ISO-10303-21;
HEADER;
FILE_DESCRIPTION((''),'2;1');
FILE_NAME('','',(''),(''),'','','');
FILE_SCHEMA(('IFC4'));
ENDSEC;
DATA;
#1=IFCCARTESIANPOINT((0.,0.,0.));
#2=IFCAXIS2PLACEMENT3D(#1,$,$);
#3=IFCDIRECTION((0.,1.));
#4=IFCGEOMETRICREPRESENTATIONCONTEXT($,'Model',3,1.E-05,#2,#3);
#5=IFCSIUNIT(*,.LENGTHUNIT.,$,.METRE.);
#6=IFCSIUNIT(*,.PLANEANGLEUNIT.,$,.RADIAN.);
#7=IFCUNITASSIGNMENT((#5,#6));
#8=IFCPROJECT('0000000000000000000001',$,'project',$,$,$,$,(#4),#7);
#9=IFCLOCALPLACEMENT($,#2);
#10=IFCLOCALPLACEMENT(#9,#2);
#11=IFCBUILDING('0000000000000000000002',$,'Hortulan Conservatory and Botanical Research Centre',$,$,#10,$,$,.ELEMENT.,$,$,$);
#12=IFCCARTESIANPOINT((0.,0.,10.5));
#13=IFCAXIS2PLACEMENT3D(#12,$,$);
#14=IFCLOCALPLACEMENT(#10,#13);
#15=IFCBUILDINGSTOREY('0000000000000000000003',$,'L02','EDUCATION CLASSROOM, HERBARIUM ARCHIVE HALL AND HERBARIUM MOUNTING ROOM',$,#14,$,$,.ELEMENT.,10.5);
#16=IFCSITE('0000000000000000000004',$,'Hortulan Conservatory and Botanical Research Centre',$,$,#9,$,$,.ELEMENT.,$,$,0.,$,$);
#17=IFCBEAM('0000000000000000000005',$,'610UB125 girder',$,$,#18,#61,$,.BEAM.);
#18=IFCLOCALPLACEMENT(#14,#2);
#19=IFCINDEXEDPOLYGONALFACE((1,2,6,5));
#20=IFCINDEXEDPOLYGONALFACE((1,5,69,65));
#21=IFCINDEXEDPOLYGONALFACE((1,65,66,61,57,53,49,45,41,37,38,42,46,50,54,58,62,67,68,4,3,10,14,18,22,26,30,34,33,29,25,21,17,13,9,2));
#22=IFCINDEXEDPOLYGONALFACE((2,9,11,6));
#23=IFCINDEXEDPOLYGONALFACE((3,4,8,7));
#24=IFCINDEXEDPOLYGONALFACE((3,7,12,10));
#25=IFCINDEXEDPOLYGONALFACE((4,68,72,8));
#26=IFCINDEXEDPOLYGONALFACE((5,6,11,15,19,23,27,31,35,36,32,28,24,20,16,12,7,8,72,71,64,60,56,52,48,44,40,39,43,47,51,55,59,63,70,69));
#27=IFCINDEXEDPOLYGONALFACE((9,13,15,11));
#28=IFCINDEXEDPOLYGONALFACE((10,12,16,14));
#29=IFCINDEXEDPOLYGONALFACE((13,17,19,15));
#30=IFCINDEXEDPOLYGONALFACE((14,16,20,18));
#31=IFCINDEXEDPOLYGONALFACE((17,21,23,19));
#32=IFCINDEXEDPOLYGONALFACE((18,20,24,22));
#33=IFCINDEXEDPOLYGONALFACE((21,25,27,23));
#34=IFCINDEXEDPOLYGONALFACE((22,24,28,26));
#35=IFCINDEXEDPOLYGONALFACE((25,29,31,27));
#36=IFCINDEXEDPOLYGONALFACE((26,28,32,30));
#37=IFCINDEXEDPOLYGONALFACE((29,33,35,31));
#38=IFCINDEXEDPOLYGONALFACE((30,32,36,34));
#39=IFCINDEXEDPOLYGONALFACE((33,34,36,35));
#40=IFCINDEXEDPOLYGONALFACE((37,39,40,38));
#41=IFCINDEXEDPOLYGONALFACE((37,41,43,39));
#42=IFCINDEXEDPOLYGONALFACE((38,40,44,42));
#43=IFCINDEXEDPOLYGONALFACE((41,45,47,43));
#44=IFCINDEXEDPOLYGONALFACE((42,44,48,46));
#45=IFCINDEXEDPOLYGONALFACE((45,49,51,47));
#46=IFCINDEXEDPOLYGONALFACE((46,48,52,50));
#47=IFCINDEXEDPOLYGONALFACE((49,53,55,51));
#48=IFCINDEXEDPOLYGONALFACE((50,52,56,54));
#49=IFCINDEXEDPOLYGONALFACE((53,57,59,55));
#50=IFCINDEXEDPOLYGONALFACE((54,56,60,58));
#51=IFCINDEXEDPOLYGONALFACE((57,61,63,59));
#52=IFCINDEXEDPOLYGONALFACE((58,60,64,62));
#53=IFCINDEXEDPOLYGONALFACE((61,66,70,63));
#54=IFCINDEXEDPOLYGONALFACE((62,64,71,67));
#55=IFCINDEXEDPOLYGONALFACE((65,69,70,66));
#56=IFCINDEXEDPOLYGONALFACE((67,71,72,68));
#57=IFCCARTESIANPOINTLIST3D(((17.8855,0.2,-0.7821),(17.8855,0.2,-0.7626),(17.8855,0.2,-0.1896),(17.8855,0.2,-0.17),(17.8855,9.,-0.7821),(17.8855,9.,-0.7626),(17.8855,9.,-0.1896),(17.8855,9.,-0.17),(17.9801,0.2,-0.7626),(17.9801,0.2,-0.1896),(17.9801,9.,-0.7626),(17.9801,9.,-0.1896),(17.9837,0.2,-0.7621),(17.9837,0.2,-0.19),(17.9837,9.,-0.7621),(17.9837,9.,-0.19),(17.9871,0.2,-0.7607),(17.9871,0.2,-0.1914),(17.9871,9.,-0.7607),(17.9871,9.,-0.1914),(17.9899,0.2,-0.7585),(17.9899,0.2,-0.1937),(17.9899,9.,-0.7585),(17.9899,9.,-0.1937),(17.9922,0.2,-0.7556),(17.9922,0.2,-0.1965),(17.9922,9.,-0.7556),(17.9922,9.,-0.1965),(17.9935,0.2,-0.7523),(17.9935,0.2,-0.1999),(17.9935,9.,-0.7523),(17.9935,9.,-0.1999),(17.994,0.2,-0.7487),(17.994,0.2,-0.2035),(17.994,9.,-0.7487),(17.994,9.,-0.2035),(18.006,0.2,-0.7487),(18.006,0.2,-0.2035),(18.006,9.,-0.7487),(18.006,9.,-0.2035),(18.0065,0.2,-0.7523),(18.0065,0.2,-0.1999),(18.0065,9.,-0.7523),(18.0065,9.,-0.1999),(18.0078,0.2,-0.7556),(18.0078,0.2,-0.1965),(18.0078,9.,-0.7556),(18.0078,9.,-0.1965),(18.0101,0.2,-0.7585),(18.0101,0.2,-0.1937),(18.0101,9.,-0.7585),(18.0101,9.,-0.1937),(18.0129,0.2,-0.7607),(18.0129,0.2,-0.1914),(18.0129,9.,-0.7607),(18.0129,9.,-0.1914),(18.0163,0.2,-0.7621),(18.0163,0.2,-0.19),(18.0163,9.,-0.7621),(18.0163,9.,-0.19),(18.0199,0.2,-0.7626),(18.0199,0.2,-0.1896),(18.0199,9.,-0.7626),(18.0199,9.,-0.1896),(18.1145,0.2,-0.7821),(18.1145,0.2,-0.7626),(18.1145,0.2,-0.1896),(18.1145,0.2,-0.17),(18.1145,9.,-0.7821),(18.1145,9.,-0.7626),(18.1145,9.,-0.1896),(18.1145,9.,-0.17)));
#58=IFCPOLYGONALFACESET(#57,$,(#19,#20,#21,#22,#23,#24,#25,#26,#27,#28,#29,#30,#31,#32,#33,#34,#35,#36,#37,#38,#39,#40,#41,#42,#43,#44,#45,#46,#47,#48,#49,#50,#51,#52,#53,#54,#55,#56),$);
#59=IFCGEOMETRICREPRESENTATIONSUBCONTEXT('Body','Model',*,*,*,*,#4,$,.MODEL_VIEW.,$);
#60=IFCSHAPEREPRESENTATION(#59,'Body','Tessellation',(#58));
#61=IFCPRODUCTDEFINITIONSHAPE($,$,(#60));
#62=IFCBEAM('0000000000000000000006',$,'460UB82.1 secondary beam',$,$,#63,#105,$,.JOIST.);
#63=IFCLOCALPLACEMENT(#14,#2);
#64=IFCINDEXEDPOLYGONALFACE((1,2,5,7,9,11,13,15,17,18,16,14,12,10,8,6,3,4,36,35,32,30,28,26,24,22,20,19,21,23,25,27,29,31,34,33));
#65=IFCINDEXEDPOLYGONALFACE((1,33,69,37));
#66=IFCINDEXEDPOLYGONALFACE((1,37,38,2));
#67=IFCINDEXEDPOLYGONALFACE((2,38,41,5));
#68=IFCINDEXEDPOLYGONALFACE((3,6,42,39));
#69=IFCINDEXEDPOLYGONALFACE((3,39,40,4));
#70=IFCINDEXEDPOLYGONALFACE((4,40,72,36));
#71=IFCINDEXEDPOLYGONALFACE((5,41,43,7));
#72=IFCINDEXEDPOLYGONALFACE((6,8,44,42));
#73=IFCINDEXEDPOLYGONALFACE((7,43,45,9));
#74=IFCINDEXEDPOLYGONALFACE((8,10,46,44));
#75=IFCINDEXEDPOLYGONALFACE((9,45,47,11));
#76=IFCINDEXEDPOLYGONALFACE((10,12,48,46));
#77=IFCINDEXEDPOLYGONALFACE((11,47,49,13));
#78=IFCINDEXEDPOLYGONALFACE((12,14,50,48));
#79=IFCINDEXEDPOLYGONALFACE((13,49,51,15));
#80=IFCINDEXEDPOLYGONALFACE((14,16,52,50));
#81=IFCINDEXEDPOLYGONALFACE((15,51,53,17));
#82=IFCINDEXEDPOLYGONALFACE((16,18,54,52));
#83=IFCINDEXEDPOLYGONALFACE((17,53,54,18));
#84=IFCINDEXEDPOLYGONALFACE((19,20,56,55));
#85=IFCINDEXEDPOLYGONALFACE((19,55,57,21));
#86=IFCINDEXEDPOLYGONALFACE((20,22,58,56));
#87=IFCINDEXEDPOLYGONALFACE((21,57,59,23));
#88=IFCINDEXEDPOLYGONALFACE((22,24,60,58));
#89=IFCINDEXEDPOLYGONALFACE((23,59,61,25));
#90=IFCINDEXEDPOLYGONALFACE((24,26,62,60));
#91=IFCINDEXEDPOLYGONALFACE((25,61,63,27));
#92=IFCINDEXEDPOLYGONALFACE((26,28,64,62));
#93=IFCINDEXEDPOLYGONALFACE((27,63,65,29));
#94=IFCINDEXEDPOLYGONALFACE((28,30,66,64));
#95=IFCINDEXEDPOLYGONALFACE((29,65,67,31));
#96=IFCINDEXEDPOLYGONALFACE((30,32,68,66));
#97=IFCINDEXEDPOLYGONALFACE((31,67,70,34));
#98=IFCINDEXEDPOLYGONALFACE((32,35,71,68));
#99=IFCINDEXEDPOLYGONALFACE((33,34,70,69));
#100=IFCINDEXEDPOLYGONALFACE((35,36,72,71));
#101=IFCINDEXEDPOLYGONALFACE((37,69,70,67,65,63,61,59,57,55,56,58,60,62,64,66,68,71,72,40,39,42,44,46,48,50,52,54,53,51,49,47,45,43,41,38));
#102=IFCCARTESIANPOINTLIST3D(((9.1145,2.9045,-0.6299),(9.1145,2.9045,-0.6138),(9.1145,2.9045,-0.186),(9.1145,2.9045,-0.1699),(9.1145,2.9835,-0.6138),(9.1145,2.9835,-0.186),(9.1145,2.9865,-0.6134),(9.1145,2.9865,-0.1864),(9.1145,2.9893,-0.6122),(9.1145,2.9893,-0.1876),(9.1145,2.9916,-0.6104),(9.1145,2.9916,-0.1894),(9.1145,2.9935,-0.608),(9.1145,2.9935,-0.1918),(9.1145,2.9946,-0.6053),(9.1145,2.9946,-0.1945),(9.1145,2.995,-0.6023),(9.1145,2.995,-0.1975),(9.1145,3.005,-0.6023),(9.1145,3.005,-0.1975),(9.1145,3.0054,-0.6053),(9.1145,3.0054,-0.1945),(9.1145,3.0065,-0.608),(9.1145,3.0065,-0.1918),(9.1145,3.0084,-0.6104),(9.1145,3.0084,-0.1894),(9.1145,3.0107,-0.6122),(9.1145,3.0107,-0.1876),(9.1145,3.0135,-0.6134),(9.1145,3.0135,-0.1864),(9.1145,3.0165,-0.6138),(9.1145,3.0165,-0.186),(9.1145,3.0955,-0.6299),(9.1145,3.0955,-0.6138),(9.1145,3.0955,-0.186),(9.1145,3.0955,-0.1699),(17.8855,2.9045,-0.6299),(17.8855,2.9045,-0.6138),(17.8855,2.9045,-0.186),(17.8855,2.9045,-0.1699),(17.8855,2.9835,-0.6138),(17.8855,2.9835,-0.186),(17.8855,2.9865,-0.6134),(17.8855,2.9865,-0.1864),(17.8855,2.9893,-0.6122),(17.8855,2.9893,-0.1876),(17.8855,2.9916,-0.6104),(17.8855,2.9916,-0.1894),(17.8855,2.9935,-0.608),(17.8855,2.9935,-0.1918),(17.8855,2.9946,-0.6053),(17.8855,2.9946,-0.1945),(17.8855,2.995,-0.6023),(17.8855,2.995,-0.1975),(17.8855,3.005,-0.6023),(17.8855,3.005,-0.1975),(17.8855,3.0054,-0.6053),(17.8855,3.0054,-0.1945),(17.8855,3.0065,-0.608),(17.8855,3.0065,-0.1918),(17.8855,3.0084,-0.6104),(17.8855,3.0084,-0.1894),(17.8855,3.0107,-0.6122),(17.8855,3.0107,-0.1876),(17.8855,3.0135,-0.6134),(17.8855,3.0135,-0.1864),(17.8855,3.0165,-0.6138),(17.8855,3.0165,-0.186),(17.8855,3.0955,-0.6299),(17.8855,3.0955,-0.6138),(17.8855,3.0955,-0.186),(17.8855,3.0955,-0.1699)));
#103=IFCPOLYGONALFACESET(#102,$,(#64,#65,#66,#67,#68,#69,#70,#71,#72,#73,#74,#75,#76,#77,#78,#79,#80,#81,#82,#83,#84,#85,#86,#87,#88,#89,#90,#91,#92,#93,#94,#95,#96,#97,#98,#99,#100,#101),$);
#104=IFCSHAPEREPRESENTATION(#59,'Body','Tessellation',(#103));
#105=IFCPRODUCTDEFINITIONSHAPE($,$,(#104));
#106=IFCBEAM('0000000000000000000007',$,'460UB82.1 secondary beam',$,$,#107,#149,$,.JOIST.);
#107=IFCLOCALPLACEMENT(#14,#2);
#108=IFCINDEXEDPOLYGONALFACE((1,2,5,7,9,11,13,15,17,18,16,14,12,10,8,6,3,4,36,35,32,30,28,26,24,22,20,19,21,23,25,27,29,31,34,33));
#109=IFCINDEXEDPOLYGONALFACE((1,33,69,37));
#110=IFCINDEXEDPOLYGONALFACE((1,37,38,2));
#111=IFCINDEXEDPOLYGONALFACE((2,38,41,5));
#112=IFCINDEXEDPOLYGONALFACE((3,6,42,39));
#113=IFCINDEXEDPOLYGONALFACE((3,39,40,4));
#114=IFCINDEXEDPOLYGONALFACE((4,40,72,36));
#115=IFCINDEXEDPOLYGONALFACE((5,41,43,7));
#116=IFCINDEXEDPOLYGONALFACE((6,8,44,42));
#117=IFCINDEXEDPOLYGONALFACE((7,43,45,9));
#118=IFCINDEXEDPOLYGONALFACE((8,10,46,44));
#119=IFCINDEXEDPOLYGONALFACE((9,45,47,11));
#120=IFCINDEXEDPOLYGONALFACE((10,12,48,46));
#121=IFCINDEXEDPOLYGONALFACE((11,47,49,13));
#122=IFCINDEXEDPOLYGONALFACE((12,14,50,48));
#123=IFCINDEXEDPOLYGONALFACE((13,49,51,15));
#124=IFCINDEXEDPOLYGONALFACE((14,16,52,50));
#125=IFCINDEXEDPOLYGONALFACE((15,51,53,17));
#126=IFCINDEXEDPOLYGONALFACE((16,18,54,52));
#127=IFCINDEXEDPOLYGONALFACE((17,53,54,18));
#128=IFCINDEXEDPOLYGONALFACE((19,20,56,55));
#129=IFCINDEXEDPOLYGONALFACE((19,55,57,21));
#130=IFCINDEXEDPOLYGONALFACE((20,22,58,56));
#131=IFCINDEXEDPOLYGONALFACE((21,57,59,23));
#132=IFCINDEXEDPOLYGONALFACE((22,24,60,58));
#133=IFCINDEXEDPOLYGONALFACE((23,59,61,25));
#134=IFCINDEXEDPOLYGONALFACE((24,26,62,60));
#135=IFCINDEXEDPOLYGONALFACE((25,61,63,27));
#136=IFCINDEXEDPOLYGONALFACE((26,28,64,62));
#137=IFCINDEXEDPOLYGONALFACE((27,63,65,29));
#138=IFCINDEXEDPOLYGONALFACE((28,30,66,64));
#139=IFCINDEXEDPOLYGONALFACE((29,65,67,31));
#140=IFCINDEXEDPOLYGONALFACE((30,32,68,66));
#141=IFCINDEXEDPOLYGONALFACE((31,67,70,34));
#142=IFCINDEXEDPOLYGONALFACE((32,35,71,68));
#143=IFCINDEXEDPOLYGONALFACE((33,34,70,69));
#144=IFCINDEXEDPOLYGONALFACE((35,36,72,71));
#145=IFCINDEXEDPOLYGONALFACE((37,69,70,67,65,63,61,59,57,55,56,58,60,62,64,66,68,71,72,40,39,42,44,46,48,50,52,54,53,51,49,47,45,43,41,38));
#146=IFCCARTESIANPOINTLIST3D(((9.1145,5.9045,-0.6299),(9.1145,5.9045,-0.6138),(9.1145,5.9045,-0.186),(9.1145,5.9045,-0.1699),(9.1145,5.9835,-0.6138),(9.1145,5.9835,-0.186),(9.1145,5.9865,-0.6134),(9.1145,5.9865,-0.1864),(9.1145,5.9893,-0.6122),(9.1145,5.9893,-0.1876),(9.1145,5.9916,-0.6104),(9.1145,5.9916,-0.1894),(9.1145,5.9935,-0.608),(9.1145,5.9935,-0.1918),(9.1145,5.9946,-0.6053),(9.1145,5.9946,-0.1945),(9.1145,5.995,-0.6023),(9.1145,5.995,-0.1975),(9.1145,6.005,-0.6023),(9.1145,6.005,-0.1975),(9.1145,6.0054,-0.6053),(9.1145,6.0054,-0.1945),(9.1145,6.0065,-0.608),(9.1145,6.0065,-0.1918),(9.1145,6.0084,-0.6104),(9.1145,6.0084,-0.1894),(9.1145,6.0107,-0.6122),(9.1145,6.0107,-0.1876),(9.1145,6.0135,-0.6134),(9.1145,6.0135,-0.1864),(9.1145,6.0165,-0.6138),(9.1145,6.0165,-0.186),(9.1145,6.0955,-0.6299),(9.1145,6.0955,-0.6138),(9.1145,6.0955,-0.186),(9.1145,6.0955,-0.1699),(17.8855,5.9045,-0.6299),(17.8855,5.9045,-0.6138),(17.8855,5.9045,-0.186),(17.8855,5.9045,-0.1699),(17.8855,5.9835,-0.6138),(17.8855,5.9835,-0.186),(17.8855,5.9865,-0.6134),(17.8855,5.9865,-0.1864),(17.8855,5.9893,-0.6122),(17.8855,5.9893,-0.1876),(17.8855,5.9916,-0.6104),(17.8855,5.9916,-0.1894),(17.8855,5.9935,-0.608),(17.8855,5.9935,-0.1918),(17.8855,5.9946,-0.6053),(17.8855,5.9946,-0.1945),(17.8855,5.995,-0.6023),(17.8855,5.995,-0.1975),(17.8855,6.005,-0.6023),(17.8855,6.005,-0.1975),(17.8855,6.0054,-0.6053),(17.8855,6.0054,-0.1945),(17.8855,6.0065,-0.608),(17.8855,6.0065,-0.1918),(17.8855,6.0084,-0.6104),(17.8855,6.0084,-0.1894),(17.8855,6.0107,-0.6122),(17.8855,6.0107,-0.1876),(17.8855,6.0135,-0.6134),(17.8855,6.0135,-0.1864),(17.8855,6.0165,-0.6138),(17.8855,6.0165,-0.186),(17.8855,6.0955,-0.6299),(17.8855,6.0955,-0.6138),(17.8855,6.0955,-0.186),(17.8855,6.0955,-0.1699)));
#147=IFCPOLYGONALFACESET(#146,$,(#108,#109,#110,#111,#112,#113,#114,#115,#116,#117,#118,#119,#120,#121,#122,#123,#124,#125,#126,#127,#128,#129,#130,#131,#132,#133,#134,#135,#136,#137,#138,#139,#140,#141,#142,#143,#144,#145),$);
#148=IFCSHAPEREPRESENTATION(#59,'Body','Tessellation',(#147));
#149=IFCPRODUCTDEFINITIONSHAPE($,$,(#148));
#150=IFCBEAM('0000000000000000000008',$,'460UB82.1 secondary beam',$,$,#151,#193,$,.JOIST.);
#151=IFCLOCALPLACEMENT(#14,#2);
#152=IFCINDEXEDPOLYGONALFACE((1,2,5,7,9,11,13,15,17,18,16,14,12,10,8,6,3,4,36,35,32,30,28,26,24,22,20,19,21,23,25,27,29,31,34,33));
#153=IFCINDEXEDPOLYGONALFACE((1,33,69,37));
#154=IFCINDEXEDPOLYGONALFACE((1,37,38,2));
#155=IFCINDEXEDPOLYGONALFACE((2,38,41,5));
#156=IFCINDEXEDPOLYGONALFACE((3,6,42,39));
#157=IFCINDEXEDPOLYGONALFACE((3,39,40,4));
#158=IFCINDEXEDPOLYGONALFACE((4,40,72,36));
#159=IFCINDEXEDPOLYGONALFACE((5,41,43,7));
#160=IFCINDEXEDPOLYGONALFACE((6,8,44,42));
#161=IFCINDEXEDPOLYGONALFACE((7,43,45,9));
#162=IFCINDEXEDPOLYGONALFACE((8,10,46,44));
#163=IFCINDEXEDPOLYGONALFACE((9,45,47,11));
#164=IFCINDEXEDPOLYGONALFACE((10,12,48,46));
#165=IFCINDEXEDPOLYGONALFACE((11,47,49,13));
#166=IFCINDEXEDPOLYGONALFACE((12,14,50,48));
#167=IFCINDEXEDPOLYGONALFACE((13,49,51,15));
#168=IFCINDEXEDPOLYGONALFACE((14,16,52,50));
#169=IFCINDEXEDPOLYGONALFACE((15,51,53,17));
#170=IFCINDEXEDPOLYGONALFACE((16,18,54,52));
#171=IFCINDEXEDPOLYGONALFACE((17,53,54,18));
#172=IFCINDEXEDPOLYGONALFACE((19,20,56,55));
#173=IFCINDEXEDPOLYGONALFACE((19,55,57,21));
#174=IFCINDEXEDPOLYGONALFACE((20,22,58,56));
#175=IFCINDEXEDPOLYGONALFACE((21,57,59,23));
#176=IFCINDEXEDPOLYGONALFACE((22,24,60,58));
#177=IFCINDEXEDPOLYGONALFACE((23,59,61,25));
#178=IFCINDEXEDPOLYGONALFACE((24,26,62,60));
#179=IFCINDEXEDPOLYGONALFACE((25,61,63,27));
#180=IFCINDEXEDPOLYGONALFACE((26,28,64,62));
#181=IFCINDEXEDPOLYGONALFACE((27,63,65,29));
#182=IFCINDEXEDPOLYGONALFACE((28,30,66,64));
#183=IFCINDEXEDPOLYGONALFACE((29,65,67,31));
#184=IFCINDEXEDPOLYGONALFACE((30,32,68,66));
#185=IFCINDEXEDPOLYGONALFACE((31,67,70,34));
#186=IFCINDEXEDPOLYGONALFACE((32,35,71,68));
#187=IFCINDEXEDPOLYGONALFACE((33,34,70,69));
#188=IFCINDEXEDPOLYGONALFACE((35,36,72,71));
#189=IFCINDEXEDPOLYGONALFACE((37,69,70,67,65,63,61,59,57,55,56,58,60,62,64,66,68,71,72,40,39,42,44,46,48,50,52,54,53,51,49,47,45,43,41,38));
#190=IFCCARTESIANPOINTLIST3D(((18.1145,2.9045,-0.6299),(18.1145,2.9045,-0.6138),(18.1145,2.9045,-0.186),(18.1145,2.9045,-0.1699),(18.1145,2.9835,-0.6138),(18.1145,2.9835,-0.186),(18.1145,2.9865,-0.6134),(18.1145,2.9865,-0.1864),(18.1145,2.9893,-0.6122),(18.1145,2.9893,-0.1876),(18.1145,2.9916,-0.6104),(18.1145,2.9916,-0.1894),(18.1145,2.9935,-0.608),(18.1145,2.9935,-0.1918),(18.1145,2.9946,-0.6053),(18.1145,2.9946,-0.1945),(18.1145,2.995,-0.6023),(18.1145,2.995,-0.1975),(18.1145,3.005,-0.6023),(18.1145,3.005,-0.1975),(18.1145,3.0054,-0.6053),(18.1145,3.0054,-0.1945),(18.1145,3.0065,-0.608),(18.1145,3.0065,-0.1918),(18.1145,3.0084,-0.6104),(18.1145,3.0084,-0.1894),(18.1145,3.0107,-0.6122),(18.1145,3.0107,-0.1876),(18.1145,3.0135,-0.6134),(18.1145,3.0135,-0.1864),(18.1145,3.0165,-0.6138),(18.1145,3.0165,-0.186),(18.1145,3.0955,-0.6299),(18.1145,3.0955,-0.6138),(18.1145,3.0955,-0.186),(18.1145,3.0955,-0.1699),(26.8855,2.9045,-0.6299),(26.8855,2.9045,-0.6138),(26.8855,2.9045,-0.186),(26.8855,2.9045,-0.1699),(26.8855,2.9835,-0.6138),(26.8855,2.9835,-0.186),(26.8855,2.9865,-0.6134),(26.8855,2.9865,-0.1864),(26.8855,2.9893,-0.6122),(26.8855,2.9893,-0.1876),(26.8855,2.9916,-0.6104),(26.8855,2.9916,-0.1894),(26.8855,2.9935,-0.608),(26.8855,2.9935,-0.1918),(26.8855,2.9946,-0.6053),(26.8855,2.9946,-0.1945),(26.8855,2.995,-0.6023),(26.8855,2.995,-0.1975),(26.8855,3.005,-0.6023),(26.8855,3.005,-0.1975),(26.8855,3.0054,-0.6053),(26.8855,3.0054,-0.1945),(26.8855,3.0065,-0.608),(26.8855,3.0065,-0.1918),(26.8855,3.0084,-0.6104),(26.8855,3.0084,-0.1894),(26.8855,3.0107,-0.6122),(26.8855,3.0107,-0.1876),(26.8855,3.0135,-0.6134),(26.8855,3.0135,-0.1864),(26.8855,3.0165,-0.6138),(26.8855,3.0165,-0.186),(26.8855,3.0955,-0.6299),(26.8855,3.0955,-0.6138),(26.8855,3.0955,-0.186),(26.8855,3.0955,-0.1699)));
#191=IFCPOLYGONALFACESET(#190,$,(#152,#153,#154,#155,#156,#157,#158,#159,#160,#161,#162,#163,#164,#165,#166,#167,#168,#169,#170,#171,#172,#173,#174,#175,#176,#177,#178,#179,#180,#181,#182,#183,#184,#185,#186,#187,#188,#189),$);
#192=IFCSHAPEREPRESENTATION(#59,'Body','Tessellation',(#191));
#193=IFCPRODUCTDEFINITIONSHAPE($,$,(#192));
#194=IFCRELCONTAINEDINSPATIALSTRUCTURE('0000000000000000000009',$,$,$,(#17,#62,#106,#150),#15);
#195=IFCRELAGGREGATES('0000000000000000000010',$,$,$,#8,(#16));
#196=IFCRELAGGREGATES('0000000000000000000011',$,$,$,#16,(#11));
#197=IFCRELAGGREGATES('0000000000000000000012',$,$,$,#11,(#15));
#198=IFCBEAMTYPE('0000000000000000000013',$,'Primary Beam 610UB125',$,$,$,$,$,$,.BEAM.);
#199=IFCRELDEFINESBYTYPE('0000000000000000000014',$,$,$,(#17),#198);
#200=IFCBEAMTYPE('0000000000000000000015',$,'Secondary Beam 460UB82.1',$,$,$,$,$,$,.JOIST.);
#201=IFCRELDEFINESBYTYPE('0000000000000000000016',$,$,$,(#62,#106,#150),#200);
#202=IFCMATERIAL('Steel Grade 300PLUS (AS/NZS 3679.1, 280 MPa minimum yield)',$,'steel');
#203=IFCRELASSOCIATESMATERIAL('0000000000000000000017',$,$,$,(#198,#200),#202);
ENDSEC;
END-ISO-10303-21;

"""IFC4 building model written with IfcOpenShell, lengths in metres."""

from ifc_helpers import new_model, si_unit, direction, frame, origin, origin_2d, place, context, subcontext, project, spatial, i_section, extrude, material, material_profile, profile_set, type_object, element, save


model = new_model("IFC4")

# Units and contexts
model_context = context("Model", 3, precision=1e-05, world=origin(), true_north=direction((0.0, 1.0)))
body_context = subcontext(model_context, "Body", "Model", "MODEL_VIEW")
ifc_project = project(units=[si_unit("LENGTHUNIT", "METRE"), si_unit("PLANEANGLEUNIT", "RADIAN")], contexts=[model_context])

# Site, building, storey
site_placement = place(None, origin())
site = spatial("IfcSite", under=ifc_project, at=site_placement, Name="Hortulan Conservatory and Botanical Research Centre", CompositionType="ELEMENT", RefElevation=0.0)
building_placement = place(site_placement, origin())
building = spatial("IfcBuilding", under=site, at=building_placement, Name="Hortulan Conservatory and Botanical Research Centre", CompositionType="ELEMENT")
storey_placement = place(building_placement, frame((0.0, 0.0, 10.5)))
storey = spatial("IfcBuildingStorey", under=building, at=storey_placement, Name="L02", Description="EDUCATION CLASSROOM, HERBARIUM ARCHIVE HALL AND HERBARIUM MOUNTING ROOM", CompositionType="ELEMENT", Elevation=10.5)

# Beams
ifc_material_1 = material(Name="Steel Grade 300PLUS (AS/NZS 3679.1, 280 MPa minimum yield)", Category="steel")
ifc_material_profile_1 = material_profile(ifc_material_1, i_section(OverallWidth=0.229, OverallDepth=0.6121, WebThickness=0.012, FlangeThickness=0.0195, FilletRadius=0.0139, at=origin_2d()), Name="610UB125")
ifc_profile_set_1 = profile_set([ifc_material_profile_1], Name="Steel Grade 300PLUS (AS/NZS 3679.1, 280 MPa minimum yield)")
beam_type_1 = type_object("IfcBeamType", Name="Primary Beam 610UB125", PredefinedType="BEAM", material=ifc_profile_set_1)
beam_1_placement = place(storey_placement, frame((18.0, 0.2, -0.4761), z_axis=(0.0, 1.0, 0.0), x_axis=(-1.0, 0.0, 0.0)))
element("IfcBeam", 1, at=beam_1_placement, inside=storey, type_object=beam_type_1, Name="610UB125 girder", PredefinedType="BEAM", context=body_context, shape_type="SweptSolid", body=[
    extrude(i_section(OverallWidth=0.229, OverallDepth=0.6121, WebThickness=0.012, FlangeThickness=0.0195, FilletRadius=0.0139, at=origin_2d()), origin(), (0.0, 0.0, 1.0), 8.8),
])
ifc_material_profile_2 = material_profile(ifc_material_1, i_section(OverallWidth=0.1909, OverallDepth=0.46, WebThickness=0.01, FlangeThickness=0.0161, FilletRadius=0.0115, at=origin_2d()), Name="460UB82.1")
ifc_profile_set_2 = profile_set([ifc_material_profile_2], Name="Steel Grade 300PLUS (AS/NZS 3679.1, 280 MPa minimum yield)")
beam_type_2 = type_object("IfcBeamType", Name="Secondary Beam 460UB82.1", PredefinedType="JOIST", material=ifc_profile_set_2)
for number, where, z_axis, x_axis, name in (
    (2, (9.1145, 3.0, -0.3999), (1.0, 0.0, 0.0), (0.0, 1.0, 0.0), "460UB82.1 secondary beam"),
    (3, (9.1145, 6.0, -0.3999), (1.0, 0.0, 0.0), (0.0, 1.0, 0.0), "460UB82.1 secondary beam"),
    (4, (18.1145, 3.0, -0.3999), (1.0, 0.0, 0.0), (0.0, 1.0, 0.0), "460UB82.1 secondary beam"),
):
    element("IfcBeam", number, at=place(storey_placement, frame(where, z_axis=z_axis, x_axis=x_axis)), inside=storey, type_object=beam_type_2, Name=name, PredefinedType="JOIST", context=body_context, shape_type="SweptSolid", body=[
        extrude(i_section(OverallWidth=0.1909, OverallDepth=0.46, WebThickness=0.01, FlangeThickness=0.0161, FilletRadius=0.0115, at=origin_2d()), origin(), (0.0, 0.0, 1.0), 8.771),
    ])

save(model, "model.ifc")
